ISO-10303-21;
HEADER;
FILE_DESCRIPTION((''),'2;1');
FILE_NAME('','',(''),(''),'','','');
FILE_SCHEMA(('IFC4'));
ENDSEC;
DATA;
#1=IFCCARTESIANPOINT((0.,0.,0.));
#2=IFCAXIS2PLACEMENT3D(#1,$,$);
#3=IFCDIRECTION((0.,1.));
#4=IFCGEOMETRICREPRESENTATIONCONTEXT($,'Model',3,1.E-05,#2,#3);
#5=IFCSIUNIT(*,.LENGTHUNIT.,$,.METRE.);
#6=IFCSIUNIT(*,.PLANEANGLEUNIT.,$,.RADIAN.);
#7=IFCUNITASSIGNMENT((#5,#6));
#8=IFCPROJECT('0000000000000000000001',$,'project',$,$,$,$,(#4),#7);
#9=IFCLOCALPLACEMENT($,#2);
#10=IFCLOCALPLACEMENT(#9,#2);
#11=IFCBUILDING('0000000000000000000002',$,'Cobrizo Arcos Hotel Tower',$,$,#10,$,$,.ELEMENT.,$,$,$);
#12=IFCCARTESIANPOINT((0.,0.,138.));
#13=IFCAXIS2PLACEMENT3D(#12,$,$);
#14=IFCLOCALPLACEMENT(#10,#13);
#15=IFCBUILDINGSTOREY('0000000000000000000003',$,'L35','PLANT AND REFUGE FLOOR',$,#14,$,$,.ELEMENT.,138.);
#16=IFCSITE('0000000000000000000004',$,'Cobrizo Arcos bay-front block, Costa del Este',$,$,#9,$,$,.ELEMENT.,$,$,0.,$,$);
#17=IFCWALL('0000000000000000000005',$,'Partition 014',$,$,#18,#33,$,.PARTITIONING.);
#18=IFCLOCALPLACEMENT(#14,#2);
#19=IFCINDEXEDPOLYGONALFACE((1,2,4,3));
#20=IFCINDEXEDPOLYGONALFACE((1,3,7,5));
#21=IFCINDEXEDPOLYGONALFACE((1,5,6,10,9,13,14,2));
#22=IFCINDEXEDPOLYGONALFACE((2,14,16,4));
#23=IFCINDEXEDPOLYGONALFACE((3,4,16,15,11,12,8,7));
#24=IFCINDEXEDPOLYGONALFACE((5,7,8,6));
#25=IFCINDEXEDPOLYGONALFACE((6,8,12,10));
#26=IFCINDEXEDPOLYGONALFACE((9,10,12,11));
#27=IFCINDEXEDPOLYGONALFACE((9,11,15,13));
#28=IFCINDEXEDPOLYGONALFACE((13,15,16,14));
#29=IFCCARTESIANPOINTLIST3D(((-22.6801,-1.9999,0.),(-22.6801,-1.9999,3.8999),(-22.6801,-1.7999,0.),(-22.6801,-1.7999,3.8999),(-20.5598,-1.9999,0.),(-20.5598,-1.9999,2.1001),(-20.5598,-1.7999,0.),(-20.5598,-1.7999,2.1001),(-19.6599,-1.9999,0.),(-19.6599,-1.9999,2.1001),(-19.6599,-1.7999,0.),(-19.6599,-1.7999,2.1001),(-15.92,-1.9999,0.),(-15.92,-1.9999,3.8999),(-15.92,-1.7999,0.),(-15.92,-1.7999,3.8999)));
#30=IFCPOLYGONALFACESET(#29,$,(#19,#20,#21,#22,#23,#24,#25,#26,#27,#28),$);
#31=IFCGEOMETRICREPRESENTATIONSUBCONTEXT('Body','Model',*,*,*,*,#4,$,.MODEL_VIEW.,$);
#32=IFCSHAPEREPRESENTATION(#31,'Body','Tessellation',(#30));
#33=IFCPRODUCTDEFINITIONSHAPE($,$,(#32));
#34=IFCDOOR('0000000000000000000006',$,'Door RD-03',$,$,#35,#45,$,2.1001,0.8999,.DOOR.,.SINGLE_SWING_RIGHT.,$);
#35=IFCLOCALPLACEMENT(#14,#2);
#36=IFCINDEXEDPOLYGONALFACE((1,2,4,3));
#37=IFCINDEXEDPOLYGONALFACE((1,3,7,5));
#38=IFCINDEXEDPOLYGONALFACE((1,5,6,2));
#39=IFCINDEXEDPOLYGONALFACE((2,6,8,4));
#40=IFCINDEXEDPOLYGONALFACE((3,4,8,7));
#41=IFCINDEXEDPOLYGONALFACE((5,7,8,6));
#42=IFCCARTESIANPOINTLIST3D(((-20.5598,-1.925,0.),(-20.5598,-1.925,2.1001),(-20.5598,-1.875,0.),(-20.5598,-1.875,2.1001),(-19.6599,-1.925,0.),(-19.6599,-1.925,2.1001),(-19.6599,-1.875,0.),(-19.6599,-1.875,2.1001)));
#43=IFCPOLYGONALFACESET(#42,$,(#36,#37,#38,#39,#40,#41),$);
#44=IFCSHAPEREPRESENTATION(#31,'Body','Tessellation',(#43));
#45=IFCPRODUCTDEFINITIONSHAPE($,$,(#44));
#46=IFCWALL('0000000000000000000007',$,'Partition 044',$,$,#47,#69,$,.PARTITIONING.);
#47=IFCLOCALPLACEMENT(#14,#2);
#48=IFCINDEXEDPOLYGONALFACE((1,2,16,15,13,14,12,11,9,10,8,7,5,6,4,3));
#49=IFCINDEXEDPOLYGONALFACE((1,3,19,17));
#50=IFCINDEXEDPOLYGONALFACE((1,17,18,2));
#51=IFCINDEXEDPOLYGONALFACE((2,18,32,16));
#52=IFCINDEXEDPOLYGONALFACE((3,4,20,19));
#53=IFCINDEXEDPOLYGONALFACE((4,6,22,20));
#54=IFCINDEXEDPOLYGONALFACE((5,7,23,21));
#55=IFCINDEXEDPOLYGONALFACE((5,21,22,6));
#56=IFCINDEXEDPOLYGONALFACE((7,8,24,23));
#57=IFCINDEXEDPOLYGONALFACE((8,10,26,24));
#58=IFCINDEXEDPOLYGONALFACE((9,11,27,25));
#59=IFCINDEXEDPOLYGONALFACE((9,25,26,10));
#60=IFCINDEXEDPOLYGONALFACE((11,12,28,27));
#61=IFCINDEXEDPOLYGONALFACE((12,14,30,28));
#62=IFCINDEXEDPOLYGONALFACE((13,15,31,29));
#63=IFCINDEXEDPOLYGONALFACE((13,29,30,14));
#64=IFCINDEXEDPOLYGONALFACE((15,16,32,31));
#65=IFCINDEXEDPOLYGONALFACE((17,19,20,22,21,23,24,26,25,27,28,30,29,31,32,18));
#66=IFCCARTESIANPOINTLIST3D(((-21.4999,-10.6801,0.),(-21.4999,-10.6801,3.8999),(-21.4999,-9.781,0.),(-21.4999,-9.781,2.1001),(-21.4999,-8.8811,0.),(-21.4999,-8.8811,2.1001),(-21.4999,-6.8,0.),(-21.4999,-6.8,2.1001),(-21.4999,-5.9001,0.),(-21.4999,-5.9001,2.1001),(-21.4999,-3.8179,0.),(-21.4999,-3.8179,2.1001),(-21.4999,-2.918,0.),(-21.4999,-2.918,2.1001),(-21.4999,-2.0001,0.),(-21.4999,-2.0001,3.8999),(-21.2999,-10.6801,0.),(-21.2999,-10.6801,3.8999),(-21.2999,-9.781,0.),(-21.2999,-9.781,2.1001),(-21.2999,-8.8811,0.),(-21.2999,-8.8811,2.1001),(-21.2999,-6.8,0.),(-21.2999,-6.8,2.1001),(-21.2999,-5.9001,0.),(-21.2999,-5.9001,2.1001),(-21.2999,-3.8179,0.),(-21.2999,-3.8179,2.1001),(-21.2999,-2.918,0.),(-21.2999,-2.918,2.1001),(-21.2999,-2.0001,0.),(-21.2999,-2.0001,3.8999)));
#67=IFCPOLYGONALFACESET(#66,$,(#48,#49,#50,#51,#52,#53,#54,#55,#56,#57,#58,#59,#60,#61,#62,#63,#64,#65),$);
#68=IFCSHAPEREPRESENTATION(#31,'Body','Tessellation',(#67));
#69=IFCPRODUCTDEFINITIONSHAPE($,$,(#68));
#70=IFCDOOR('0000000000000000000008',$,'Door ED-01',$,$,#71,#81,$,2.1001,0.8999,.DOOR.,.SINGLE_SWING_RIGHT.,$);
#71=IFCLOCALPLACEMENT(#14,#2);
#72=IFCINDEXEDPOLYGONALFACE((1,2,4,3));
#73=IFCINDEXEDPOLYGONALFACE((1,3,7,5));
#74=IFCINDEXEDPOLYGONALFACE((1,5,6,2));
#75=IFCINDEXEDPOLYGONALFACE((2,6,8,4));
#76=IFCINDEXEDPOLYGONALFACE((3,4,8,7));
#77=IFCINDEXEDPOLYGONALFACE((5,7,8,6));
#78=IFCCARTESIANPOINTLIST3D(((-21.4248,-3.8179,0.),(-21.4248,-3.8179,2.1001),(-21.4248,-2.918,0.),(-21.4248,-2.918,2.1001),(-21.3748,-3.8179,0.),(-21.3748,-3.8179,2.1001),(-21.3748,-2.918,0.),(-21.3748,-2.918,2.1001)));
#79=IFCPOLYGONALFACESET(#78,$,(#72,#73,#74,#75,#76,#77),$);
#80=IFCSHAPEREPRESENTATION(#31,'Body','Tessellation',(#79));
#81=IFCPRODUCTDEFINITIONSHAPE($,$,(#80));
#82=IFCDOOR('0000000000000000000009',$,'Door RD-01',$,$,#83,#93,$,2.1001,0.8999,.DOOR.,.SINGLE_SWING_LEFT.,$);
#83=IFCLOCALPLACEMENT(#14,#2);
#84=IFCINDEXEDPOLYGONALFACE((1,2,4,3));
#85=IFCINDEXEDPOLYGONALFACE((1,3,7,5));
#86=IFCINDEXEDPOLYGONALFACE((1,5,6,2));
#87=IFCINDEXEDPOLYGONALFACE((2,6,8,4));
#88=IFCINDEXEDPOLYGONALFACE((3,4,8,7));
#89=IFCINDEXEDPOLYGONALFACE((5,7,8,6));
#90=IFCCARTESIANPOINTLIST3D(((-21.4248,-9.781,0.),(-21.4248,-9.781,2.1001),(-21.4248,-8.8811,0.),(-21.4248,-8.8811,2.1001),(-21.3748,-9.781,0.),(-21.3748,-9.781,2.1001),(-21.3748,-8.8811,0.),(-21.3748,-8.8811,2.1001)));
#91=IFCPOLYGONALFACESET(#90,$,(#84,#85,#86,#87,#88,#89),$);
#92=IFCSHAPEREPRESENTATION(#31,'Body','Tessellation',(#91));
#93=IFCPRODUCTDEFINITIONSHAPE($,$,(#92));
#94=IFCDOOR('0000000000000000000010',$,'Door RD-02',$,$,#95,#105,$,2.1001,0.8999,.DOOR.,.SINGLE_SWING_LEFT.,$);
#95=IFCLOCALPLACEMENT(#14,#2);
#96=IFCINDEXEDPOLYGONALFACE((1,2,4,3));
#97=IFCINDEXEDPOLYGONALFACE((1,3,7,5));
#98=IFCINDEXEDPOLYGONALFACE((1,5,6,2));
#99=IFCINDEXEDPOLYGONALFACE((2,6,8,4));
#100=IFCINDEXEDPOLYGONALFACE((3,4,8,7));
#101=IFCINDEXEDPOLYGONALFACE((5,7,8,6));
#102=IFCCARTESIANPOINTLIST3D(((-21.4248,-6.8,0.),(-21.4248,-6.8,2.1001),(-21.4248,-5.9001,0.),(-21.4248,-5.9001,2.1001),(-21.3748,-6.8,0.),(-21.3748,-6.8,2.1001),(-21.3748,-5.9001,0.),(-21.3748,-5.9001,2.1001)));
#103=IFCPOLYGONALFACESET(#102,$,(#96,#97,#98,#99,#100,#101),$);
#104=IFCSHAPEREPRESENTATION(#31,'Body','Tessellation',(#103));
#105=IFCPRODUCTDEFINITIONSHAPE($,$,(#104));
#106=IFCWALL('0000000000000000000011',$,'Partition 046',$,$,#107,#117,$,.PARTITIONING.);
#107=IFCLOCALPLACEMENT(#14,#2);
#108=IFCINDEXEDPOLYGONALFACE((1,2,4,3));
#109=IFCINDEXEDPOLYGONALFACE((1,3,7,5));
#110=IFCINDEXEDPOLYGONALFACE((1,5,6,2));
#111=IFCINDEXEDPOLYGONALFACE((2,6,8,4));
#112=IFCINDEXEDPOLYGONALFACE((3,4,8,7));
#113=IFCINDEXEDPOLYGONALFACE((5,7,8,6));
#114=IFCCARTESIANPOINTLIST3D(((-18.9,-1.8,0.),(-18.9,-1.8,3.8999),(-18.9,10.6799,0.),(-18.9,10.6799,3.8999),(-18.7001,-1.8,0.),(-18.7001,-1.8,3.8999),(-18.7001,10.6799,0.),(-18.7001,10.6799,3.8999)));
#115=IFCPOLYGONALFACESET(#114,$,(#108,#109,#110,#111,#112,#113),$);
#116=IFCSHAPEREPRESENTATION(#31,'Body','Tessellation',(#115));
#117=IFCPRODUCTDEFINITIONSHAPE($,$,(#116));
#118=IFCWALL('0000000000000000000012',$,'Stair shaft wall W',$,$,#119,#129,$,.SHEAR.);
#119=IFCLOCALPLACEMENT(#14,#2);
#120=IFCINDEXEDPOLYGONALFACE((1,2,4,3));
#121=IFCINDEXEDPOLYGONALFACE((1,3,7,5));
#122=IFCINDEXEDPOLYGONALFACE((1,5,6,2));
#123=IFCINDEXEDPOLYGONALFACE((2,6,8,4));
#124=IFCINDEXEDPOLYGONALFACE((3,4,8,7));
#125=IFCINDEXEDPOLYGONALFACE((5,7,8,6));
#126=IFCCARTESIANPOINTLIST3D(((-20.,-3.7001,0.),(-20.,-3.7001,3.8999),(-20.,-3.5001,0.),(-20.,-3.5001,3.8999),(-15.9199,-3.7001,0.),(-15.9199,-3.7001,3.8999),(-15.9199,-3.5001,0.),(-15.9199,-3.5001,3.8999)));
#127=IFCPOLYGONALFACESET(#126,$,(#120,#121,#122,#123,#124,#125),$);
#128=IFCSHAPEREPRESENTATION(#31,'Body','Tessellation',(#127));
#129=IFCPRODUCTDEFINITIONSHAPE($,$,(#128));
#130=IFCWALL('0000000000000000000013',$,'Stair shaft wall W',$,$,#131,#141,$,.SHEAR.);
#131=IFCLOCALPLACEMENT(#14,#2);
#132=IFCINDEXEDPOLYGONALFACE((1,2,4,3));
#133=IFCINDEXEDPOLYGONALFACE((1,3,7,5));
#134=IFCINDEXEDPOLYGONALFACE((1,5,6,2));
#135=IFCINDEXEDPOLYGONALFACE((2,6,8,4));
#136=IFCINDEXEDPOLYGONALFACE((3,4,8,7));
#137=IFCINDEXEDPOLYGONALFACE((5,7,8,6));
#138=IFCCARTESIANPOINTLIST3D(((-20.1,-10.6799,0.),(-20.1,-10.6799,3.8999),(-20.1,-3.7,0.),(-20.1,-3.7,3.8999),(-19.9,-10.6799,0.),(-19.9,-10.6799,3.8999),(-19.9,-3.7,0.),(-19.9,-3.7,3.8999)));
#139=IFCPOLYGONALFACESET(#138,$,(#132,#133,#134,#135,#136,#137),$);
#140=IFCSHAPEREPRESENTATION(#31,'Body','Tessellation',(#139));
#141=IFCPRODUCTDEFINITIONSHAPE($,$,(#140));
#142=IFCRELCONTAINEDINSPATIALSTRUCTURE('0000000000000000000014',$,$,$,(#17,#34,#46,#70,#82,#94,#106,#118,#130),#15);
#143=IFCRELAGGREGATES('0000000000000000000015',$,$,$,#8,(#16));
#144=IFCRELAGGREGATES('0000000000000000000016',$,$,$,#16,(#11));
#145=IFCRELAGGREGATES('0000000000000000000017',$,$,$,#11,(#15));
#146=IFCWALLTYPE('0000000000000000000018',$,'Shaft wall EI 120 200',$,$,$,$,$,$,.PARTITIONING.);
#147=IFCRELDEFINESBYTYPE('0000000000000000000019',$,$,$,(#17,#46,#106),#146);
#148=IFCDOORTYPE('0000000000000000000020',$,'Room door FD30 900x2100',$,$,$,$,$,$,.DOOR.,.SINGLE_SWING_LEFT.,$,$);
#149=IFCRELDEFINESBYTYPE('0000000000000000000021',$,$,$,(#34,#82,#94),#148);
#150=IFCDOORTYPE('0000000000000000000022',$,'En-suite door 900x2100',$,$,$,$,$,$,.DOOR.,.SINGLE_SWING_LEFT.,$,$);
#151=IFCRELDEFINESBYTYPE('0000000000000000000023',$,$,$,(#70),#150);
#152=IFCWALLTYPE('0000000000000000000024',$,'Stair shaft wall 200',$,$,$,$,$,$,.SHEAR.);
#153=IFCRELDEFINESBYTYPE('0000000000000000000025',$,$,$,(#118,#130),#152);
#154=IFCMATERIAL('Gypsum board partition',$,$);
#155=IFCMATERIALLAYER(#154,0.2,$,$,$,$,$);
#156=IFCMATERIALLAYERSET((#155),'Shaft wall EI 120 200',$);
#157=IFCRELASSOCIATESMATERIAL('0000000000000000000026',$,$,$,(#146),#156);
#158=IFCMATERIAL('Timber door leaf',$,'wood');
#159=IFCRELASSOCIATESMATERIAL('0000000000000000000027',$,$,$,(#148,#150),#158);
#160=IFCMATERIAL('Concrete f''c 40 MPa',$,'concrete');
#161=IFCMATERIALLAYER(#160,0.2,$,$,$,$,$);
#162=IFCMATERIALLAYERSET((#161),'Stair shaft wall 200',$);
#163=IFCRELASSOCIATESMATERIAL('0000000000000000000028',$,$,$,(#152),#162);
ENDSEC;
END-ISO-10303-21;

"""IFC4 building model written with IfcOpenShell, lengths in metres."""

from ifc_helpers import new_model, si_unit, direction, frame, frame_2d, origin, place, context, subcontext, project, spatial, rectangle, extrude, material, layer, layer_set, type_object, element, fill, save


model = new_model("IFC4")

# Units and contexts
model_context = context("Model", 3, precision=1e-05, world=origin(), true_north=direction((0.0, 1.0)))
body_context = subcontext(model_context, "Body", "Model", "MODEL_VIEW")
ifc_project = project(units=[si_unit("LENGTHUNIT", "METRE"), si_unit("PLANEANGLEUNIT", "RADIAN")], contexts=[model_context])

# Site, building, storey
site_placement = place(None, origin())
site = spatial("IfcSite", under=ifc_project, at=site_placement, Name="Cobrizo Arcos bay-front block, Costa del Este", CompositionType="ELEMENT", RefElevation=0.0)
building_placement = place(site_placement, origin())
building = spatial("IfcBuilding", under=site, at=building_placement, Name="Cobrizo Arcos Hotel Tower", CompositionType="ELEMENT")
storey_placement = place(building_placement, frame((0.0, 0.0, 138.0)))
storey = spatial("IfcBuildingStorey", under=building, at=storey_placement, Name="L35", Description="PLANT AND REFUGE FLOOR", CompositionType="ELEMENT", Elevation=138.0)

# Shared definitions
ifc_material_1 = material(Name="Gypsum board partition")

# Wall, opening, door
ifc_layer_1 = layer(ifc_material_1, 0.2)
ifc_layer_set_1 = layer_set([ifc_layer_1], Name="Shaft wall EI 120 200")
wall_type_1 = type_object("IfcWallType", Name="Shaft wall EI 120 200", PredefinedType="PARTITIONING", material=ifc_layer_set_1)
wall_1_placement = place(storey_placement, frame((-22.6799, -1.8999, 0.0), z_axis=(0.0, 0.0, 1.0), x_axis=(1.0, 0.0, 0.0)))
wall_1 = element("IfcWall", 1, at=wall_1_placement, inside=storey, type_object=wall_type_1, Name="Partition 014", PredefinedType="PARTITIONING", context=body_context, shape_type="SweptSolid", body=[
    extrude(rectangle(XDim=6.76, YDim=0.2, at=frame_2d((3.3799, 0.0))), origin(), (0.0, 0.0, 1.0), 3.8999),
])
opening_1_placement = place(wall_1_placement, frame((2.1201, 0.0, 0.0)))
opening_1 = element("IfcOpeningElement", 2, at=opening_1_placement, cuts=wall_1, PredefinedType="OPENING", context=body_context, shape_type="SweptSolid", body=[
    extrude(rectangle(XDim=0.8999, YDim=2.1001, at=frame_2d((0.45, 1.05))), frame((0.0, 0.1121, 0.0), z_axis=(0.0, -1.0, 0.0), x_axis=(1.0, 0.0, 0.0)), (0.0, 0.0, 1.0), 0.2239),
])
ifc_material_2 = material(Name="Timber door leaf", Category="wood")
door_type_1 = type_object("IfcDoorType", Name="Room door FD30 900x2100", OperationType="SINGLE_SWING_LEFT", PredefinedType="DOOR", material=ifc_material_2)
door_1_placement = place(opening_1_placement, origin())
door_1 = element("IfcDoor", 3, at=door_1_placement, inside=storey, type_object=door_type_1, Name="Door RD-03", OperationType="SINGLE_SWING_RIGHT", OverallHeight=2.1001, OverallWidth=0.8999, PredefinedType="DOOR", context=body_context, shape_type="SweptSolid", body=[
    extrude(rectangle(XDim=0.8999, YDim=2.1001, at=frame_2d((0.45, 1.05))), frame((0.0, 0.0249, 0.0), z_axis=(0.0, -1.0, 0.0), x_axis=(1.0, 0.0, 0.0)), (0.0, 0.0, 1.0), 0.05),
])
fill(opening_1, door_1)

# Wall, openings, doors
wall_2_placement = place(storey_placement, frame((-21.3999, -10.6799, 0.0), z_axis=(0.0, 0.0, 1.0), x_axis=(0.0, 1.0, 0.0)))
wall_2 = element("IfcWall", 4, at=wall_2_placement, inside=storey, type_object=wall_type_1, Name="Partition 044", PredefinedType="PARTITIONING", context=body_context, shape_type="SweptSolid", body=[
    extrude(rectangle(XDim=8.6799, YDim=0.2, at=frame_2d((4.3398, 0.0))), origin(), (0.0, 0.0, 1.0), 3.8999),
])
opening_2_placement = place(wall_2_placement, frame((0.8989, 0.0, 0.0)))
opening_2 = element("IfcOpeningElement", 5, at=opening_2_placement, cuts=wall_2, PredefinedType="OPENING", context=body_context, shape_type="SweptSolid", body=[
    extrude(rectangle(XDim=0.8999, YDim=2.1001, at=frame_2d((0.45, 1.05))), frame((0.0, 0.1121, 0.0), z_axis=(0.0, -1.0, 0.0), x_axis=(1.0, 0.0, 0.0)), (0.0, 0.0, 1.0), 0.2239),
])
opening_3_placement = place(wall_2_placement, frame((3.8799, 0.0, 0.0)))
opening_3 = element("IfcOpeningElement", 6, at=opening_3_placement, cuts=wall_2, PredefinedType="OPENING", context=body_context, shape_type="SweptSolid", body=[
    extrude(rectangle(XDim=0.8999, YDim=2.1001, at=frame_2d((0.45, 1.05))), frame((0.0, 0.1121, 0.0), z_axis=(0.0, -1.0, 0.0), x_axis=(1.0, 0.0, 0.0)), (0.0, 0.0, 1.0), 0.2239),
])
opening_4_placement = place(wall_2_placement, frame((6.8621, 0.0, 0.0)))
opening_4 = element("IfcOpeningElement", 7, at=opening_4_placement, cuts=wall_2, PredefinedType="OPENING", context=body_context, shape_type="SweptSolid", body=[
    extrude(rectangle(XDim=0.8999, YDim=2.1001, at=frame_2d((0.45, 1.05))), frame((0.0, 0.1121, 0.0), z_axis=(0.0, -1.0, 0.0), x_axis=(1.0, 0.0, 0.0)), (0.0, 0.0, 1.0), 0.2239),
])
door_type_2 = type_object("IfcDoorType", Name="En-suite door 900x2100", OperationType="SINGLE_SWING_LEFT", PredefinedType="DOOR", material=ifc_material_2)
door_2_placement = place(opening_4_placement, origin())
door_2 = element("IfcDoor", 8, at=door_2_placement, inside=storey, type_object=door_type_2, Name="Door ED-01", OperationType="SINGLE_SWING_RIGHT", OverallHeight=2.1001, OverallWidth=0.8999, PredefinedType="DOOR", context=body_context, shape_type="SweptSolid", body=[
    extrude(rectangle(XDim=0.8999, YDim=2.1001, at=frame_2d((0.45, 1.05))), frame((0.0, 0.0249, 0.0), z_axis=(0.0, -1.0, 0.0), x_axis=(1.0, 0.0, 0.0)), (0.0, 0.0, 1.0), 0.05),
])
fill(opening_4, door_2)
door_3_placement = place(opening_2_placement, origin())
door_3 = element("IfcDoor", 9, at=door_3_placement, inside=storey, type_object=door_type_1, Name="Door RD-01", OperationType="SINGLE_SWING_LEFT", OverallHeight=2.1001, OverallWidth=0.8999, PredefinedType="DOOR", context=body_context, shape_type="SweptSolid", body=[
    extrude(rectangle(XDim=0.8999, YDim=2.1001, at=frame_2d((0.45, 1.05))), frame((0.0, 0.0249, 0.0), z_axis=(0.0, -1.0, 0.0), x_axis=(1.0, 0.0, 0.0)), (0.0, 0.0, 1.0), 0.05),
])
fill(opening_2, door_3)
door_4_placement = place(opening_3_placement, origin())
door_4 = element("IfcDoor", 10, at=door_4_placement, inside=storey, type_object=door_type_1, Name="Door RD-02", OperationType="SINGLE_SWING_LEFT", OverallHeight=2.1001, OverallWidth=0.8999, PredefinedType="DOOR", context=body_context, shape_type="SweptSolid", body=[
    extrude(rectangle(XDim=0.8999, YDim=2.1001, at=frame_2d((0.45, 1.05))), frame((0.0, 0.0249, 0.0), z_axis=(0.0, -1.0, 0.0), x_axis=(1.0, 0.0, 0.0)), (0.0, 0.0, 1.0), 0.05),
])
fill(opening_3, door_4)

# Walls
wall_3_placement = place(storey_placement, frame((-18.8, -1.8, 0.0), z_axis=(0.0, 0.0, 1.0), x_axis=(0.0, 1.0, 0.0)))
element("IfcWall", 11, at=wall_3_placement, inside=storey, type_object=wall_type_1, Name="Partition 046", PredefinedType="PARTITIONING", context=body_context, shape_type="SweptSolid", body=[
    extrude(rectangle(XDim=12.48, YDim=0.2, at=frame_2d((6.24, 0.0))), origin(), (0.0, 0.0, 1.0), 3.8999),
])
ifc_material_3 = material(Name="Concrete f'c 40 MPa", Category="concrete")
ifc_layer_2 = layer(ifc_material_3, 0.2)
ifc_layer_set_2 = layer_set([ifc_layer_2], Name="Stair shaft wall 200")
wall_type_2 = type_object("IfcWallType", Name="Stair shaft wall 200", PredefinedType="SHEAR", material=ifc_layer_set_2)
wall_4_placement = place(storey_placement, frame((-20.0, -3.6001, 0.0), z_axis=(0.0, 0.0, 1.0), x_axis=(1.0, 0.0, 0.0)))
element("IfcWall", 12, at=wall_4_placement, inside=storey, type_object=wall_type_2, Name="Stair shaft wall W", PredefinedType="SHEAR", context=body_context, shape_type="SweptSolid", body=[
    extrude(rectangle(XDim=4.0801, YDim=0.2, at=frame_2d((2.04, 0.0))), origin(), (0.0, 0.0, 1.0), 3.8999),
])
wall_5_placement = place(storey_placement, frame((-20.0, -10.6799, 0.0), z_axis=(0.0, 0.0, 1.0), x_axis=(0.0, 1.0, 0.0)))
element("IfcWall", 13, at=wall_5_placement, inside=storey, type_object=wall_type_2, Name="Stair shaft wall W", PredefinedType="SHEAR", context=body_context, shape_type="SweptSolid", body=[
    extrude(rectangle(XDim=6.98, YDim=0.2, at=frame_2d((3.49, 0.0))), origin(), (0.0, 0.0, 1.0), 3.8999),
])

save(model, "model.ifc")
